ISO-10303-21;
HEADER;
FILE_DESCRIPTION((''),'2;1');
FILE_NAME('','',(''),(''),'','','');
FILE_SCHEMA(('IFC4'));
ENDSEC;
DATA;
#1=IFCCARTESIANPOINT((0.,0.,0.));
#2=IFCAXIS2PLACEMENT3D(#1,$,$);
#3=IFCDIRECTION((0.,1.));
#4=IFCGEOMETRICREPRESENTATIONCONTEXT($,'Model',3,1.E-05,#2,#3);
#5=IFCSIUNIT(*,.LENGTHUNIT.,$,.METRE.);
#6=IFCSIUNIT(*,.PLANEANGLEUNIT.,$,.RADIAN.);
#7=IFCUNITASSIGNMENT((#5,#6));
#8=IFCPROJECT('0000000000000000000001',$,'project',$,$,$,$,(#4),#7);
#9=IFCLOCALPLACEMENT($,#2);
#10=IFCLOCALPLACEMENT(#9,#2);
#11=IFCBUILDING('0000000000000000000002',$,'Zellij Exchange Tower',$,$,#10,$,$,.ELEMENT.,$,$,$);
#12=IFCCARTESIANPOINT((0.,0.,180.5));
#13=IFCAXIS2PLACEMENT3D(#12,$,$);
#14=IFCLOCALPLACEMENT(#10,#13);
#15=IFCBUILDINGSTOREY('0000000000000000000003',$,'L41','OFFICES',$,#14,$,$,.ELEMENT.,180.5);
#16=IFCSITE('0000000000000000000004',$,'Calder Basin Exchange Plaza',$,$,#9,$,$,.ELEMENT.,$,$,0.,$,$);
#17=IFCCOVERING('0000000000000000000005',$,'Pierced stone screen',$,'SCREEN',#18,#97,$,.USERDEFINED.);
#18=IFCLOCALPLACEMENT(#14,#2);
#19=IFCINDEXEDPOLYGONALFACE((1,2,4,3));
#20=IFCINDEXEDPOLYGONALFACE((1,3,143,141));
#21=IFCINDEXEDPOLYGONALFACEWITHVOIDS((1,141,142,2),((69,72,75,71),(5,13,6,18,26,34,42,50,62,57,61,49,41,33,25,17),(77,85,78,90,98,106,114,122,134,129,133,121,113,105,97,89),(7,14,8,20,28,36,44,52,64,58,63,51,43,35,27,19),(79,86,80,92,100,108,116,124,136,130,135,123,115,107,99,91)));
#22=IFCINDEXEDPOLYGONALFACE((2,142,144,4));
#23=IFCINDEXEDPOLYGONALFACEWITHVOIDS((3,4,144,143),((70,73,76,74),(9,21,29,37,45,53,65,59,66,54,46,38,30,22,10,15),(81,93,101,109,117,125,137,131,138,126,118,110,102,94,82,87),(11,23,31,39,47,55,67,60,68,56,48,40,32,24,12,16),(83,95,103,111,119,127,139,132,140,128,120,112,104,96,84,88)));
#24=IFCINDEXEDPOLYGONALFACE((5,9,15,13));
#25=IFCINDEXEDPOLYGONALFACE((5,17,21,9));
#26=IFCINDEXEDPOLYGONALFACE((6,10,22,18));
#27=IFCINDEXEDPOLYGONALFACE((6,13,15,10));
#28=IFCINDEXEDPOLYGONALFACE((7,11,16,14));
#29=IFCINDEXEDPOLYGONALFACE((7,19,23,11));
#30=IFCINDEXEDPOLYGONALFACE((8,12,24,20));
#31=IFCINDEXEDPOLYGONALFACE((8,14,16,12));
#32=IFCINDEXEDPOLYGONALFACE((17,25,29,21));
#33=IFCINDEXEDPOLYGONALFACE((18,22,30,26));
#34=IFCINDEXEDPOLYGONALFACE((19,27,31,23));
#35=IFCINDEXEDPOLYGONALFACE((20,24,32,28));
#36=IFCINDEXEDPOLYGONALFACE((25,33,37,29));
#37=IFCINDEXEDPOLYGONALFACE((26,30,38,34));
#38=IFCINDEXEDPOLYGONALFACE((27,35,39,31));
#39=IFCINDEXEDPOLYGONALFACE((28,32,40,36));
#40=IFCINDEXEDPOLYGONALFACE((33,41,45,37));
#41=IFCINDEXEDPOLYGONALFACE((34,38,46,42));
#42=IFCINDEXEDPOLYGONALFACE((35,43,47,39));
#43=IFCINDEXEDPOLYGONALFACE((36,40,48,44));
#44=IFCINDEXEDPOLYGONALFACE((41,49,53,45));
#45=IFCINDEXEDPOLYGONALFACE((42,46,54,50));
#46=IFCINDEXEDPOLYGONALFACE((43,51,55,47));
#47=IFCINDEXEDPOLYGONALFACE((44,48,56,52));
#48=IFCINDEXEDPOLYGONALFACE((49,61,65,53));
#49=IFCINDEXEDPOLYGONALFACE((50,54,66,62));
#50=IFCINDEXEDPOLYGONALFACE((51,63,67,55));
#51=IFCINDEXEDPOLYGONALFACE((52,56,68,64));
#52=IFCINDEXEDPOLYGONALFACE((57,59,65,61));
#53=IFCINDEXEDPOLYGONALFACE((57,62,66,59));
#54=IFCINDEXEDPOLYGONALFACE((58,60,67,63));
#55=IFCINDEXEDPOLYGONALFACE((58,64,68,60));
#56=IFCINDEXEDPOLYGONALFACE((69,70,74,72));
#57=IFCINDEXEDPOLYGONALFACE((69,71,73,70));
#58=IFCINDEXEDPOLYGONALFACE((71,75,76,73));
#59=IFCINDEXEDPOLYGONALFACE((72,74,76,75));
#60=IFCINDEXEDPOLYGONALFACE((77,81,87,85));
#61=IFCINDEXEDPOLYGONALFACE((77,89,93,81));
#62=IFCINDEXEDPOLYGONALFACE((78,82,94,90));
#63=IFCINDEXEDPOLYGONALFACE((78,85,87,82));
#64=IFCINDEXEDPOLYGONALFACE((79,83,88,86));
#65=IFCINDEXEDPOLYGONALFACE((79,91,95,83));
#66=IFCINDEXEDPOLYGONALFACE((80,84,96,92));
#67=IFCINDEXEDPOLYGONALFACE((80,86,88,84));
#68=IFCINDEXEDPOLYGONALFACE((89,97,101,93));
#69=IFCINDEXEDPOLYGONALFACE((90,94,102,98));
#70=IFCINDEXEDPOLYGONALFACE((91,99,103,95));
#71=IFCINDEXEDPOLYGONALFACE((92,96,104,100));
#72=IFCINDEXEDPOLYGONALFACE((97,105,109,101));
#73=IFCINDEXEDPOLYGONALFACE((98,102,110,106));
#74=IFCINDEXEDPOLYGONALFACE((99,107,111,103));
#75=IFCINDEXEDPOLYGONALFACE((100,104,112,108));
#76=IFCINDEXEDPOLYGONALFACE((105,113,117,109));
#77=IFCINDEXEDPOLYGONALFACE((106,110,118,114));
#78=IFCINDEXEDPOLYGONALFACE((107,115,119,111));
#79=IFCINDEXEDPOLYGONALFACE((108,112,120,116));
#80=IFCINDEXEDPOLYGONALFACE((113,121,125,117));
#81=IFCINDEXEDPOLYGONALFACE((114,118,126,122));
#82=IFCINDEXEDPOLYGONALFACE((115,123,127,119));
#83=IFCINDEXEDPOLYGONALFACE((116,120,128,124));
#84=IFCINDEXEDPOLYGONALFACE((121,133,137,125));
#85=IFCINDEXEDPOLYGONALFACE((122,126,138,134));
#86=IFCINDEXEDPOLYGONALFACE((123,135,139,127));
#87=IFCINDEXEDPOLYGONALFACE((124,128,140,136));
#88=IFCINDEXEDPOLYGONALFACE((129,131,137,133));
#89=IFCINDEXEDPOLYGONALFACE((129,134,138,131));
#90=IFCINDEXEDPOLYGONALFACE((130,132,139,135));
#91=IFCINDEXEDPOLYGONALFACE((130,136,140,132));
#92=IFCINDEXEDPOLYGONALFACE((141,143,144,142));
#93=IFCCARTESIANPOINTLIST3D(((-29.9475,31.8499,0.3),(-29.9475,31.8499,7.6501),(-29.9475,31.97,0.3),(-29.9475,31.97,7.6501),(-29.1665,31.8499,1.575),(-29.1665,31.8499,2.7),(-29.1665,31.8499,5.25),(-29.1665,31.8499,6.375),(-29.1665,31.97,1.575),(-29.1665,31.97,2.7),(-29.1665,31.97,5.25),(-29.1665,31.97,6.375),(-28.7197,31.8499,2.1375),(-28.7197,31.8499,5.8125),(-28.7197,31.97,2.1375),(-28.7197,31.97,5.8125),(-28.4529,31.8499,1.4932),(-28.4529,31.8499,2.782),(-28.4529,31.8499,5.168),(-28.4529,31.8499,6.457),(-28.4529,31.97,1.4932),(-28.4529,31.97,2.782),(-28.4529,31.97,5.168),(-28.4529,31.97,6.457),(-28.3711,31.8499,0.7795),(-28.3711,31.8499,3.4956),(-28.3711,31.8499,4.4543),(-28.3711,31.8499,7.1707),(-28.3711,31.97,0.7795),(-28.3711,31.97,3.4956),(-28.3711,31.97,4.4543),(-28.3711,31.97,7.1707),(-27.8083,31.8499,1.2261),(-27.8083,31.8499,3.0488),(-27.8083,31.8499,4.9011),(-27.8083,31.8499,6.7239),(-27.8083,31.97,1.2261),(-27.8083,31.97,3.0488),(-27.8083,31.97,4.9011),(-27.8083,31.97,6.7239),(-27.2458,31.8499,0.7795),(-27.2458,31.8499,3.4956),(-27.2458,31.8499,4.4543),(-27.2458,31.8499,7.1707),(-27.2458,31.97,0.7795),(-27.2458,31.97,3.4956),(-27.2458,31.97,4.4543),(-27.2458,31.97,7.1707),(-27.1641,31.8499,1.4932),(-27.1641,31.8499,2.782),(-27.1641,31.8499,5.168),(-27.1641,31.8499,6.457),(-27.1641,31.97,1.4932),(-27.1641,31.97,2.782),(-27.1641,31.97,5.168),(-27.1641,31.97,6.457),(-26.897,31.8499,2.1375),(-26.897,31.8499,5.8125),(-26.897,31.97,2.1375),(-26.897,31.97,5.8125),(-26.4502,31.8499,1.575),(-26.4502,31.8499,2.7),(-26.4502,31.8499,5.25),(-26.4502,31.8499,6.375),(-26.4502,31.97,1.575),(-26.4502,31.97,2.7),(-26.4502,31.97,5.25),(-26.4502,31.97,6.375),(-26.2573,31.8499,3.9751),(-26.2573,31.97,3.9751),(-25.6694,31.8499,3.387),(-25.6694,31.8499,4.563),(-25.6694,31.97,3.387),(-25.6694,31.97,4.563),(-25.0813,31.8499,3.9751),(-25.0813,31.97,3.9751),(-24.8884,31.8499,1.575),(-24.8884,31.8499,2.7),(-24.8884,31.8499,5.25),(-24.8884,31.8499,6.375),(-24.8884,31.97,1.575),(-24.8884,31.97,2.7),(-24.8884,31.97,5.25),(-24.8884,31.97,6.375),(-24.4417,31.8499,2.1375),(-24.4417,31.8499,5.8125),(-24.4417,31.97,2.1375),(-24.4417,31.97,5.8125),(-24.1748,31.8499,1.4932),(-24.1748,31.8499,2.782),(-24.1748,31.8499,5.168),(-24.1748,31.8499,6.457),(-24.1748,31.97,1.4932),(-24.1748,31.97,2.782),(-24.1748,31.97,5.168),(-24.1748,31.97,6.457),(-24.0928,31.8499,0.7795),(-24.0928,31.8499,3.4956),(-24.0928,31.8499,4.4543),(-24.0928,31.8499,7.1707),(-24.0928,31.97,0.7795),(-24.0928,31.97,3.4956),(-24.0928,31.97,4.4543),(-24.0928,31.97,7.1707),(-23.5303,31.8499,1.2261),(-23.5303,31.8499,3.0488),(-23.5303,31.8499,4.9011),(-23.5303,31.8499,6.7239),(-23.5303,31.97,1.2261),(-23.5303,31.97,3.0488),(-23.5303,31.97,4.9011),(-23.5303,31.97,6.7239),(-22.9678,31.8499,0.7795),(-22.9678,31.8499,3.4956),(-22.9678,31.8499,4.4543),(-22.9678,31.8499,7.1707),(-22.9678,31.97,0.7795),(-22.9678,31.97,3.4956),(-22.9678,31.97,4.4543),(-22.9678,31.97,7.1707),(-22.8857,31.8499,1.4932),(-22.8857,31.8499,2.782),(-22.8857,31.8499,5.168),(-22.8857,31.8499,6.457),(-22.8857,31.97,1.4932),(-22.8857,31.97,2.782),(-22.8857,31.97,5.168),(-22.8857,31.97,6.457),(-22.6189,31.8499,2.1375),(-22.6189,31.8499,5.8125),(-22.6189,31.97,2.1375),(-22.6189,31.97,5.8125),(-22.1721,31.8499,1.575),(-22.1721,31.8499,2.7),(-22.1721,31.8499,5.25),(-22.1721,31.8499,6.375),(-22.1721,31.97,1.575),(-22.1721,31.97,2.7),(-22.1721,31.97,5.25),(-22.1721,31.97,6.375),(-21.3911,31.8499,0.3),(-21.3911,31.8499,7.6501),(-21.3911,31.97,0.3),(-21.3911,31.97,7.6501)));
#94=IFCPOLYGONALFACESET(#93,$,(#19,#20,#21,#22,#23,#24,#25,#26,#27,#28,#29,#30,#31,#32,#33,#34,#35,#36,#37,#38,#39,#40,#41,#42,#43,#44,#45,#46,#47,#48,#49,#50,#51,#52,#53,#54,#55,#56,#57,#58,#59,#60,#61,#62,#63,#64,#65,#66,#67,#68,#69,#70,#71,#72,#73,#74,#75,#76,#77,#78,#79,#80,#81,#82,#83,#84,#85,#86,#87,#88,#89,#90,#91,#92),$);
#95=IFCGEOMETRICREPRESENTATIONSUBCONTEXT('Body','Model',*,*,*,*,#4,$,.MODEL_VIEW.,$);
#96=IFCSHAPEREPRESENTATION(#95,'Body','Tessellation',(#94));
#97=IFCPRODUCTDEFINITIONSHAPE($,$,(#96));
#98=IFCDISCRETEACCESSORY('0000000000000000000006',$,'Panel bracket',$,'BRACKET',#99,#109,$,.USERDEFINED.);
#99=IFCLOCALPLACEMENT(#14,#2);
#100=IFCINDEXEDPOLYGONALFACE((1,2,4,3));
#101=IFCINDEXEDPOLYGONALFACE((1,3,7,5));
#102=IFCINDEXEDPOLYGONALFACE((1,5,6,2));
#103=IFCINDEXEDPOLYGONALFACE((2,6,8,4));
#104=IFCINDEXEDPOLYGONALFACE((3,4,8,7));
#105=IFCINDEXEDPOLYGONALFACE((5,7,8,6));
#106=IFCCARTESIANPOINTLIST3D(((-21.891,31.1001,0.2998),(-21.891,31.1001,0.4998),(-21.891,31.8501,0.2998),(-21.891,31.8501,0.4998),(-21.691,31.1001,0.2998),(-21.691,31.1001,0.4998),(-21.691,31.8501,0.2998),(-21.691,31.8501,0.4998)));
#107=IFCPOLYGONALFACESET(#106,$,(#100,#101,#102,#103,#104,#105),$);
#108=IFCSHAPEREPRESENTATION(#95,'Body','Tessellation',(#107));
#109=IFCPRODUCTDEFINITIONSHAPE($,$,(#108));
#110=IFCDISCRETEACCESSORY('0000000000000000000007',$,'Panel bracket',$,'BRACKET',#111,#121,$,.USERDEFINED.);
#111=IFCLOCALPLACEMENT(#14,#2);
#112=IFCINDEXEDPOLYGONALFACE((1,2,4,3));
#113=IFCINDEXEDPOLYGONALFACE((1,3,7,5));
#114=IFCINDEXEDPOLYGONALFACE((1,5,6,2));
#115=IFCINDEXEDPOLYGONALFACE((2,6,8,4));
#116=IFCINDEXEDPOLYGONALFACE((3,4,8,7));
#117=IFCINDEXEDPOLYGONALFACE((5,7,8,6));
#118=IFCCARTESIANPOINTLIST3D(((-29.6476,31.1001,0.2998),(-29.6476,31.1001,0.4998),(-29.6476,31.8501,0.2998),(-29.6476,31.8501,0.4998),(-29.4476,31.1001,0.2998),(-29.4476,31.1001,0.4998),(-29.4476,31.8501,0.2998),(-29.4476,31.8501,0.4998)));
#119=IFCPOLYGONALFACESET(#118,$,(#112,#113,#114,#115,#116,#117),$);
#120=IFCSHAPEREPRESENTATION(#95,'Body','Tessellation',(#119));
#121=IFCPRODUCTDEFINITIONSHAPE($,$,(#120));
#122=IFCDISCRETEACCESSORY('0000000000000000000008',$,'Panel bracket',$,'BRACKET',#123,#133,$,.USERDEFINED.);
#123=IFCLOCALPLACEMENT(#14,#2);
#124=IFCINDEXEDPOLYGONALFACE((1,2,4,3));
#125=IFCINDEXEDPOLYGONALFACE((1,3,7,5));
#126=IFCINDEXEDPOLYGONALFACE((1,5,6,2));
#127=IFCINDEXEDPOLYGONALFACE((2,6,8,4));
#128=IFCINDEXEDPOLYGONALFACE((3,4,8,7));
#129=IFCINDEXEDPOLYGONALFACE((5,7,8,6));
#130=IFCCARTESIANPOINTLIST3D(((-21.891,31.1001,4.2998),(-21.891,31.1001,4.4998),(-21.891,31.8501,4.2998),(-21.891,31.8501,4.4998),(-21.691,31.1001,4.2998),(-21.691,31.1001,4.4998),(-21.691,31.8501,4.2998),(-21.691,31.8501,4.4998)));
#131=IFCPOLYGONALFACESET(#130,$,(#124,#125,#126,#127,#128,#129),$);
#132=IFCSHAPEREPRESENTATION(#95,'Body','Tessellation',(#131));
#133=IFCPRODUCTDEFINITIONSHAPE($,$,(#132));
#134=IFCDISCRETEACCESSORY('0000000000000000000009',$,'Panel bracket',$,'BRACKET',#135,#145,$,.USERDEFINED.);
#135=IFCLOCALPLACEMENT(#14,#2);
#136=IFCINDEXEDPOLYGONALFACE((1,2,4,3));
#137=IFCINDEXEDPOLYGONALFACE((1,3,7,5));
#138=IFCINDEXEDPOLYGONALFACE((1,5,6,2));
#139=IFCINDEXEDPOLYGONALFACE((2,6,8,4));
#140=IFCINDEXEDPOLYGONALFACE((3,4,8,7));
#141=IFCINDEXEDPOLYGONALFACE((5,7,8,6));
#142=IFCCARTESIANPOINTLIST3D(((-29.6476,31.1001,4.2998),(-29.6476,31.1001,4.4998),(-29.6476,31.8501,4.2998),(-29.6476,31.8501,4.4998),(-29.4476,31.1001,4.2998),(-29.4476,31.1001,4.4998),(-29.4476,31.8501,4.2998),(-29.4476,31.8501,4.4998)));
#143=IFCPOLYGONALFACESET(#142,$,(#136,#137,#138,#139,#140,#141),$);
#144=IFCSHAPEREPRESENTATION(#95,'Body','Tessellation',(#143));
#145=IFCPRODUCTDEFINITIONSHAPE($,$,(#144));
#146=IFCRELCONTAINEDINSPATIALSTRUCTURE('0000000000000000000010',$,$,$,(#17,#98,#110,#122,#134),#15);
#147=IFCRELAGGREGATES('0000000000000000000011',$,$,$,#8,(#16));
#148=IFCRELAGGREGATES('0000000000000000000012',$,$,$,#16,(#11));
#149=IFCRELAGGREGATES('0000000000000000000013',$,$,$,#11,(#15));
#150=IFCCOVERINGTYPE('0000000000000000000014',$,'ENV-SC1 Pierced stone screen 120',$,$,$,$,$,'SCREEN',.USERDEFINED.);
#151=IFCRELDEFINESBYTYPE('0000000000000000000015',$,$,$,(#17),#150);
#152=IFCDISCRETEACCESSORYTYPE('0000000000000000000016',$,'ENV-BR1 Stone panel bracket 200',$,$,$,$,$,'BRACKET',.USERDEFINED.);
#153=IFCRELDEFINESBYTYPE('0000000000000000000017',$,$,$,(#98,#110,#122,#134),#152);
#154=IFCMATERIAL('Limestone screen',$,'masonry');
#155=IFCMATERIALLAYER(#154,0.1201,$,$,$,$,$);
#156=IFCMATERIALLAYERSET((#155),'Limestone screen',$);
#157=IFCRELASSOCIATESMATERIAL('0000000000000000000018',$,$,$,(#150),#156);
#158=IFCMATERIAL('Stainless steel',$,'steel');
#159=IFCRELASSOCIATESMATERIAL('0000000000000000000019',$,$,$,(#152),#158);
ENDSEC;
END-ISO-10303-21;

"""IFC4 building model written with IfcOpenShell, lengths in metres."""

from ifc_helpers import new_model, si_unit, direction, frame, origin, origin_2d, place, context, subcontext, project, spatial, polyline, rectangle, outline, extrude, material, layer, layer_set, type_object, element, save


model = new_model("IFC4")

# Units and contexts
model_context = context("Model", 3, precision=1e-05, world=origin(), true_north=direction((0.0, 1.0)))
body_context = subcontext(model_context, "Body", "Model", "MODEL_VIEW")
ifc_project = project(units=[si_unit("LENGTHUNIT", "METRE"), si_unit("PLANEANGLEUNIT", "RADIAN")], contexts=[model_context])

# Site, building, storey
site_placement = place(None, origin())
site = spatial("IfcSite", under=ifc_project, at=site_placement, Name="Calder Basin Exchange Plaza", CompositionType="ELEMENT", RefElevation=0.0)
building_placement = place(site_placement, origin())
building = spatial("IfcBuilding", under=site, at=building_placement, Name="Zellij Exchange Tower", CompositionType="ELEMENT")
storey_placement = place(building_placement, frame((0.0, 0.0, 180.5)))
storey = spatial("IfcBuildingStorey", under=building, at=storey_placement, Name="L41", Description="OFFICES", CompositionType="ELEMENT", Elevation=180.5)

# Covering
ifc_material_1 = material(Name="Limestone screen", Category="masonry")
ifc_layer_1 = layer(ifc_material_1, 0.1201)
ifc_layer_set_1 = layer_set([ifc_layer_1], Name="Limestone screen")
covering_type = type_object("IfcCoveringType", Name="ENV-SC1 Pierced stone screen 120", ElementType="SCREEN", PredefinedType="USERDEFINED", material=ifc_layer_set_1)
covering_placement = place(storey_placement, frame((-21.3911, 31.9099, 0.3), z_axis=(0.0, 0.0, 1.0), x_axis=(-1.0, 0.0, 0.0)))
element("IfcCovering", 1, at=covering_placement, inside=storey, type_object=covering_type, Name="Pierced stone screen", ObjectType="SCREEN", PredefinedType="USERDEFINED", context=body_context, shape_type="SweptSolid", body=[
    extrude(outline(polyline([(0.0, 0.0), (8.5564, 0.0), (8.5564, 7.3501), (0.0, 7.3501), (0.0, 0.0)]), holes=[polyline([(3.4973, 2.3999), (2.7837, 2.4819), (2.7017, 3.1956), (2.1392, 2.7488), (1.5767, 3.1956), (1.4946, 2.4819), (0.781, 2.3999), (1.2278, 1.8374), (0.781, 1.2749), (1.4946, 1.1931), (1.5767, 0.4795), (2.1392, 0.926), (2.7017, 0.4795), (2.7837, 1.1931), (3.4973, 1.2749), (3.0505, 1.8374), (3.4973, 2.3999)]), polyline([(3.4973, 6.075), (2.7837, 6.157), (2.7017, 6.8706), (2.1392, 6.4238), (1.5767, 6.8706), (1.4946, 6.157), (0.781, 6.075), (1.2278, 5.5125), (0.781, 4.95), (1.4946, 4.8679), (1.5767, 4.1543), (2.1392, 4.6011), (2.7017, 4.1543), (2.7837, 4.8679), (3.4973, 4.95), (3.0505, 5.5125), (3.4973, 6.075)]), polyline([(7.7754, 2.3999), (7.0618, 2.4819), (6.98, 3.1956), (6.4172, 2.7488), (5.8547, 3.1956), (5.7729, 2.4819), (5.0591, 2.3999), (5.5059, 1.8374), (5.0591, 1.2749), (5.7729, 1.1931), (5.8547, 0.4795), (6.4172, 0.926), (6.98, 0.4795), (7.0618, 1.1931), (7.7754, 1.2749), (7.3286, 1.8374), (7.7754, 2.3999)]), polyline([(7.7754, 6.075), (7.0618, 6.157), (6.98, 6.8706), (6.4172, 6.4238), (5.8547, 6.8706), (5.7729, 6.157), (5.0591, 6.075), (5.5059, 5.5125), (5.0591, 4.95), (5.7729, 4.8679), (5.8547, 4.1543), (6.4172, 4.6011), (6.98, 4.1543), (7.0618, 4.8679), (7.7754, 4.95), (7.3286, 5.5125), (7.7754, 6.075)]), polyline([(4.8662, 3.675), (4.2783, 4.2629), (3.6902, 3.675), (4.2783, 3.0869), (4.8662, 3.675)])]), frame((0.0, 0.0601, 0.0), z_axis=(0.0, -1.0, 0.0), x_axis=(1.0, 0.0, 0.0)), (0.0, 0.0, 1.0), 0.1201),
])

# Discrete accessories
ifc_material_2 = material(Name="Stainless steel", Category="steel")
discrete_accessory_type = type_object("IfcDiscreteAccessoryType", Name="ENV-BR1 Stone panel bracket 200", ElementType="BRACKET", PredefinedType="USERDEFINED", material=ifc_material_2)
for number, where, z_axis, x_axis, name in (
    (2, (-21.791, 31.4751, 0.2998), (0.0, 0.0, 1.0), (-1.0, 0.0, 0.0), "Panel bracket"),
    (3, (-29.5476, 31.4751, 0.2998), (0.0, 0.0, 1.0), (-1.0, 0.0, 0.0), "Panel bracket"),
    (4, (-21.791, 31.4751, 4.2998), (0.0, 0.0, 1.0), (-1.0, 0.0, 0.0), "Panel bracket"),
    (5, (-29.5476, 31.4751, 4.2998), (0.0, 0.0, 1.0), (-1.0, 0.0, 0.0), "Panel bracket"),
):
    element("IfcDiscreteAccessory", number, at=place(storey_placement, frame(where, z_axis=z_axis, x_axis=x_axis)), inside=storey, type_object=discrete_accessory_type, Name=name, ObjectType="BRACKET", PredefinedType="USERDEFINED", context=body_context, shape_type="SweptSolid", body=[
        extrude(rectangle(XDim=0.2, YDim=0.75, at=origin_2d()), origin(), (0.0, 0.0, 1.0), 0.2),
    ])

save(model, "model.ifc")
